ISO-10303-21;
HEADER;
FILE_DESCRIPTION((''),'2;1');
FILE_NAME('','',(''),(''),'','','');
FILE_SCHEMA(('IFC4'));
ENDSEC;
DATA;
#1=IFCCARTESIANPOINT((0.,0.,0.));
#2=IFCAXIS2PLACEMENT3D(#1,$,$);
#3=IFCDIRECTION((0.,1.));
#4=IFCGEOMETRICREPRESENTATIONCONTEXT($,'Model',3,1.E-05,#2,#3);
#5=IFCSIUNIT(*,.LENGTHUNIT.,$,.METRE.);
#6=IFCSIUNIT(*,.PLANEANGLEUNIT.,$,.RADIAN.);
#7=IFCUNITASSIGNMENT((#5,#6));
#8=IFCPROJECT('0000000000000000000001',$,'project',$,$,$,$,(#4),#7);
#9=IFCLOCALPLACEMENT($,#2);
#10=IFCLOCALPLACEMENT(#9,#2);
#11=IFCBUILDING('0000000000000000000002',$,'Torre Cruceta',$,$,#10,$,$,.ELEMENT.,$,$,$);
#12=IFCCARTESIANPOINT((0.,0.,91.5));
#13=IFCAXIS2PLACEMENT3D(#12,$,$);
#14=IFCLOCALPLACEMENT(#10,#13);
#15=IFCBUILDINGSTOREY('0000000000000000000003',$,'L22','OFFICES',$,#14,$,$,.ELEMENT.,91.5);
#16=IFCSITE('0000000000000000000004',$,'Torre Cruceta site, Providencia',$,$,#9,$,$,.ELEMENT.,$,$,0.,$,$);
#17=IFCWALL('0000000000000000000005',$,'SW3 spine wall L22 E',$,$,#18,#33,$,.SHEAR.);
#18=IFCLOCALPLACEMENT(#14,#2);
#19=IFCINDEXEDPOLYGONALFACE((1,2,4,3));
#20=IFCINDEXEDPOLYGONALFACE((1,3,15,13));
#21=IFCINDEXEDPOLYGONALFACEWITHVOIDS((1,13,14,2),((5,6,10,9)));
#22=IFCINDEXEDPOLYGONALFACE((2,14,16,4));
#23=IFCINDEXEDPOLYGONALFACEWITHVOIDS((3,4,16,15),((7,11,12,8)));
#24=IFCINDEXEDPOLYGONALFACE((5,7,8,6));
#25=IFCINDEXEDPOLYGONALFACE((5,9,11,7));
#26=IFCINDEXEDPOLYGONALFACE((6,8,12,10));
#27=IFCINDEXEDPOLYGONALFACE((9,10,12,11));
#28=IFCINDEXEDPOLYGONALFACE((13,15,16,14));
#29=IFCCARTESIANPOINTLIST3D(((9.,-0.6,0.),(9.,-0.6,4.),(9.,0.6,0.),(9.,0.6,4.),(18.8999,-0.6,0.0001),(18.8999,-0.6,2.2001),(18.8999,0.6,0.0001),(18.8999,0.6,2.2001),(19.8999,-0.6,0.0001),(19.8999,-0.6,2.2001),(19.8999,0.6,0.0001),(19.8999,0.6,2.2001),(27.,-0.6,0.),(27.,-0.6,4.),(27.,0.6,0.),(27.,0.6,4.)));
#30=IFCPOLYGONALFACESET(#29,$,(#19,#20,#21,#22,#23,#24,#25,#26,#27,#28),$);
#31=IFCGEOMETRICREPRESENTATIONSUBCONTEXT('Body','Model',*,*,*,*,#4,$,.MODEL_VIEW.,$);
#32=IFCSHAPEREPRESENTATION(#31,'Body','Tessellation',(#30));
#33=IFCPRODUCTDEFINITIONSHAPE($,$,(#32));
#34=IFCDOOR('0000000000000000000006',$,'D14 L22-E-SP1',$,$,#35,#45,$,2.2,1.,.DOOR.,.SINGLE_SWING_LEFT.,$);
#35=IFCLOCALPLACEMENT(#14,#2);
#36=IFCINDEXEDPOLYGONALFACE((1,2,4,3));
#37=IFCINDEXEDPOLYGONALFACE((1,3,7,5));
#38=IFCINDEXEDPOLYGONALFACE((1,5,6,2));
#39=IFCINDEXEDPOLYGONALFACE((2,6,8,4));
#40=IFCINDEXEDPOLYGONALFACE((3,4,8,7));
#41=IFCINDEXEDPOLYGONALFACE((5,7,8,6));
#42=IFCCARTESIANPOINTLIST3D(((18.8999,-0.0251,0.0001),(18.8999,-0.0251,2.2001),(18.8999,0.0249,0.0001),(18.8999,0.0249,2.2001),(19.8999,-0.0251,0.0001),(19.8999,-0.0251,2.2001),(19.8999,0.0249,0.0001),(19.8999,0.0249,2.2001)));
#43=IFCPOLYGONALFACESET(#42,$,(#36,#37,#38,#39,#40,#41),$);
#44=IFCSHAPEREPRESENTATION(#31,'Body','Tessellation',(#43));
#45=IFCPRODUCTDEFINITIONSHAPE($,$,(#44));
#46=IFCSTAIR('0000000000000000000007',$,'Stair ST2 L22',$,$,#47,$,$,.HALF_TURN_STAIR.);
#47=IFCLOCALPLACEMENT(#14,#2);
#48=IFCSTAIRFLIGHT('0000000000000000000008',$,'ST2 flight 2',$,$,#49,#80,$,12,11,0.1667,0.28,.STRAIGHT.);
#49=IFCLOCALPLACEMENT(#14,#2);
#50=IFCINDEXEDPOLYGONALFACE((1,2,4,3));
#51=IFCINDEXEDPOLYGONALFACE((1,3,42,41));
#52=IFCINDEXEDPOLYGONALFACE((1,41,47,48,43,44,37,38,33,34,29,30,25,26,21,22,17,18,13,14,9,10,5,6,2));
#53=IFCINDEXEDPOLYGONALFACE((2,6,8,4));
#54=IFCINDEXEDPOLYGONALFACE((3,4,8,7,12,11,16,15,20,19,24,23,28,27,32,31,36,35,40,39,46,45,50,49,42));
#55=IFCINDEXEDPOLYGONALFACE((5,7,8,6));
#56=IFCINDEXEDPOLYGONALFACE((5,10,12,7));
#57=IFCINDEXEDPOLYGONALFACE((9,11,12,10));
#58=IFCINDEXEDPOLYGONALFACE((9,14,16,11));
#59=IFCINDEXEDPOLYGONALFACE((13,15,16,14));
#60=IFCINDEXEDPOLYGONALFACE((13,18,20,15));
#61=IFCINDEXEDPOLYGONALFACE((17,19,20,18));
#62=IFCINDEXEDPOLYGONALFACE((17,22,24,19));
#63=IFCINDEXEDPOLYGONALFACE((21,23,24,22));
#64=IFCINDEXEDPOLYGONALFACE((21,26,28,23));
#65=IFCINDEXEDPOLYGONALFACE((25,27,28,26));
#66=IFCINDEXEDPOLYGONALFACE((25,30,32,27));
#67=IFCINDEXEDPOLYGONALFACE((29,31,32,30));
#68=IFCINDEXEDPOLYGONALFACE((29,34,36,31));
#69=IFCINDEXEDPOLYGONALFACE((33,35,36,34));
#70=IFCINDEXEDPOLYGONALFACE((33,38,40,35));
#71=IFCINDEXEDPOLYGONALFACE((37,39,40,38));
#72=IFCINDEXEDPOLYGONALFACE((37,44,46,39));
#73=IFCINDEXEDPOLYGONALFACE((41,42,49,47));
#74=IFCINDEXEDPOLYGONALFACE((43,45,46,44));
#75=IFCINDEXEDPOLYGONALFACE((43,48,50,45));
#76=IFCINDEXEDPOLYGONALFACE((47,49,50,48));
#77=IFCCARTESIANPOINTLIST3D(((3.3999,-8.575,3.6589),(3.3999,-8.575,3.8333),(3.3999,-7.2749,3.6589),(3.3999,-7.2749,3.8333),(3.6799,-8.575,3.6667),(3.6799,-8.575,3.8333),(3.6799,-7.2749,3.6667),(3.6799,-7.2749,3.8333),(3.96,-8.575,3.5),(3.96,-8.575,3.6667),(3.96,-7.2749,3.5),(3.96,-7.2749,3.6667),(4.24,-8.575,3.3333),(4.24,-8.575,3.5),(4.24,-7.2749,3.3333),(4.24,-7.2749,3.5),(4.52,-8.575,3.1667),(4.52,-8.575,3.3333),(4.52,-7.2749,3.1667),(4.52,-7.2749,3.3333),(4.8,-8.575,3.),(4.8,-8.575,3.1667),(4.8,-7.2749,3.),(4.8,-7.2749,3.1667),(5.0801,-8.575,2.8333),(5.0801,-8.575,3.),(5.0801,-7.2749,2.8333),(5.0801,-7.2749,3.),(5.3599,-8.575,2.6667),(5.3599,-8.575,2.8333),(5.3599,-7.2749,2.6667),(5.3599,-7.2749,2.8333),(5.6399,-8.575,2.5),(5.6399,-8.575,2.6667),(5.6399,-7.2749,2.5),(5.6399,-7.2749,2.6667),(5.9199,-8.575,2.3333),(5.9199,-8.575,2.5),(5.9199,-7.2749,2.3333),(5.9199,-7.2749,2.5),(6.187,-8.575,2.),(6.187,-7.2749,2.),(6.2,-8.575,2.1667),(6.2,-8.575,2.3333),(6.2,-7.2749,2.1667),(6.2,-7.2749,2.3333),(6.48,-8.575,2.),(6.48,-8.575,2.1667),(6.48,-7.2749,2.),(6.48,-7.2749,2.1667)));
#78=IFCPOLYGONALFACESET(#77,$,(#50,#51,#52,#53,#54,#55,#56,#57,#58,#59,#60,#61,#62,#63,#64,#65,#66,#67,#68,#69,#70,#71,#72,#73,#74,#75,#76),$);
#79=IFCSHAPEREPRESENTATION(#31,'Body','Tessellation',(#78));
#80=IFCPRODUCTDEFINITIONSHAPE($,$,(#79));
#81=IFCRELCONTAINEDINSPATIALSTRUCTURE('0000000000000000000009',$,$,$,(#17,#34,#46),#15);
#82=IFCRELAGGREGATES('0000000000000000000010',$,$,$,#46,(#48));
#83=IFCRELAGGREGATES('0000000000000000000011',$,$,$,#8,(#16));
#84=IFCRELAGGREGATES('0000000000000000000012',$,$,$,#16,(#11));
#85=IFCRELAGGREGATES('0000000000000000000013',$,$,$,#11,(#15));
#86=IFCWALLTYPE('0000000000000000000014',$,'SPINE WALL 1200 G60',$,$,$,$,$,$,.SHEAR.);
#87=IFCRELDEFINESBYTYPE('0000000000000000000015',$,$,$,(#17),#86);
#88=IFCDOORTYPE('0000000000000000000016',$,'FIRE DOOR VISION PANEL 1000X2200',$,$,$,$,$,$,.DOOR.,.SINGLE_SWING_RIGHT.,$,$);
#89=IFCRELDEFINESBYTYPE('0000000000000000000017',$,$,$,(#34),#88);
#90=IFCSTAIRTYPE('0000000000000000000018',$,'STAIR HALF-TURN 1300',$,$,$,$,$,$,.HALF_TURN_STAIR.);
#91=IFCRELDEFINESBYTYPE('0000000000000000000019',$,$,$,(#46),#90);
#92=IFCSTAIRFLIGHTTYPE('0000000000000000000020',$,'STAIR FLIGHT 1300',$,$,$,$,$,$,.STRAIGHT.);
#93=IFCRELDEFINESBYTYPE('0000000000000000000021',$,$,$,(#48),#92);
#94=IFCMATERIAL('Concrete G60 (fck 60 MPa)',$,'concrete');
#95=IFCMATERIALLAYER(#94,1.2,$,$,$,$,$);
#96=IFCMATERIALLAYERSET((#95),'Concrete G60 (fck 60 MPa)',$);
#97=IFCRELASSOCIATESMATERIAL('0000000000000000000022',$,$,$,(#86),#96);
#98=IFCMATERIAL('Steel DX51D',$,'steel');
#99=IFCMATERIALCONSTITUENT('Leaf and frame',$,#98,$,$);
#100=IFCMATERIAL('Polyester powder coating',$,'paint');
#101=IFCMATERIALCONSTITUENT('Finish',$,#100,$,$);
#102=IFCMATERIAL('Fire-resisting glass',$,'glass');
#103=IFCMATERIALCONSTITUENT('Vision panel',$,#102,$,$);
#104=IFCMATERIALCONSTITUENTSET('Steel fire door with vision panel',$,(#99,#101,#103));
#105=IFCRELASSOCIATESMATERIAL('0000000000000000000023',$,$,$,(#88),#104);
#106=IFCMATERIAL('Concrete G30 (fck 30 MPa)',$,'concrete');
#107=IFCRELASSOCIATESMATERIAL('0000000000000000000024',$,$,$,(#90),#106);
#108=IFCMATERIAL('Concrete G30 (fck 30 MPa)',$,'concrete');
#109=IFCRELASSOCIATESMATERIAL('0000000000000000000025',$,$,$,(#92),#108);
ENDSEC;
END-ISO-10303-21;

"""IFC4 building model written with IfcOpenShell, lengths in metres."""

from ifc_helpers import new_model, si_unit, direction, frame, frame_2d, origin, place, context, subcontext, project, spatial, polyline, rectangle, outline, extrude, material, layer, layer_set, constituent, constituent_set, type_object, element, fill, aggregate, save


model = new_model("IFC4")

# Units and contexts
model_context = context("Model", 3, precision=1e-05, world=origin(), true_north=direction((0.0, 1.0)))
body_context = subcontext(model_context, "Body", "Model", "MODEL_VIEW")
ifc_project = project(units=[si_unit("LENGTHUNIT", "METRE"), si_unit("PLANEANGLEUNIT", "RADIAN")], contexts=[model_context])

# Site, building, storey
site_placement = place(None, origin())
site = spatial("IfcSite", under=ifc_project, at=site_placement, Name="Torre Cruceta site, Providencia", CompositionType="ELEMENT", RefElevation=0.0)
building_placement = place(site_placement, origin())
building = spatial("IfcBuilding", under=site, at=building_placement, Name="Torre Cruceta", CompositionType="ELEMENT")
storey_placement = place(building_placement, frame((0.0, 0.0, 91.5)))
storey = spatial("IfcBuildingStorey", under=building, at=storey_placement, Name="L22", Description="OFFICES", CompositionType="ELEMENT", Elevation=91.5)

# Wall, opening, door
ifc_material_1 = material(Name="Concrete G60 (fck 60 MPa)", Category="concrete")
ifc_layer_1 = layer(ifc_material_1, 1.2)
ifc_layer_set_1 = layer_set([ifc_layer_1], Name="Concrete G60 (fck 60 MPa)")
wall_type_1 = type_object("IfcWallType", Name="SPINE WALL 1200 G60", PredefinedType="SHEAR", material=ifc_layer_set_1)
wall_1_placement = place(storey_placement, frame((9.0, 0.0, 0.0), z_axis=(0.0, 0.0, 1.0), x_axis=(1.0, 0.0, 0.0)))
wall_1 = element("IfcWall", 1, at=wall_1_placement, inside=storey, type_object=wall_type_1, Name="SW3 spine wall L22 E", PredefinedType="SHEAR", context=body_context, shape_type="SweptSolid", body=[
    extrude(rectangle(XDim=18.0, YDim=1.2, at=frame_2d((9.0, 0.0))), origin(), (0.0, 0.0, 1.0), 4.0),
])
opening_1_placement = place(wall_1_placement, frame((9.8999, 0.0, 0.0)))
opening_1 = element("IfcOpeningElement", 2, at=opening_1_placement, cuts=wall_1, PredefinedType="OPENING", context=body_context, shape_type="SweptSolid", body=[
    extrude(rectangle(XDim=1.0, YDim=2.2, at=frame_2d((0.5, 1.1001))), frame((0.0, 0.6099, 0.0), z_axis=(0.0, -1.0, 0.0), x_axis=(1.0, 0.0, 0.0)), (0.0, 0.0, 1.0), 1.22),
])
ifc_material_2 = material(Name="Steel DX51D", Category="steel")
ifc_constituent_1 = constituent(ifc_material_2, Name="Leaf and frame")
ifc_material_3 = material(Name="Polyester powder coating", Category="paint")
ifc_constituent_2 = constituent(ifc_material_3, Name="Finish")
ifc_material_4 = material(Name="Fire-resisting glass", Category="glass")
ifc_constituent_3 = constituent(ifc_material_4, Name="Vision panel")
ifc_constituent_set_1 = constituent_set(constituents=[ifc_constituent_1, ifc_constituent_2, ifc_constituent_3], Name="Steel fire door with vision panel")
door_type_1 = type_object("IfcDoorType", Name="FIRE DOOR VISION PANEL 1000X2200", OperationType="SINGLE_SWING_RIGHT", PredefinedType="DOOR", material=ifc_constituent_set_1)
door_1_placement = place(opening_1_placement, frame((1.0, 0.0, 0.0), z_axis=(0.0, 0.0, 1.0), x_axis=(-1.0, 0.0, 0.0)))
door_1 = element("IfcDoor", 3, at=door_1_placement, inside=storey, type_object=door_type_1, Name="D14 L22-E-SP1", OperationType="SINGLE_SWING_LEFT", OverallHeight=2.2, OverallWidth=1.0, PredefinedType="DOOR", context=body_context, shape_type="SweptSolid", body=[
    extrude(rectangle(XDim=1.0, YDim=2.2, at=frame_2d((0.5, 1.1001))), frame((0.0, 0.0251, 0.0), z_axis=(0.0, -1.0, 0.0), x_axis=(1.0, 0.0, 0.0)), (0.0, 0.0, 1.0), 0.05),
])
fill(opening_1, door_1)

# Stair, stair flight
ifc_material_5 = material(Name="Concrete G30 (fck 30 MPa)", Category="concrete")
stair_type = type_object("IfcStairType", Name="STAIR HALF-TURN 1300", PredefinedType="HALF_TURN_STAIR", material=ifc_material_5)
stair_placement = place(storey_placement, origin())
stair = element("IfcStair", 4, at=stair_placement, inside=storey, type_object=stair_type, Name="Stair ST2 L22", PredefinedType="HALF_TURN_STAIR")
ifc_material_6 = material(Name="Concrete G30 (fck 30 MPa)", Category="concrete")
stair_flight_type = type_object("IfcStairFlightType", Name="STAIR FLIGHT 1300", PredefinedType="STRAIGHT", material=ifc_material_6)
stair_flight_placement = place(storey_placement, frame((6.48, -7.925, 2.0), z_axis=(0.0, 0.0, 1.0), x_axis=(-1.0, 0.0, 0.0)))
stair_flight = element("IfcStairFlight", 5, at=stair_flight_placement, type_object=stair_flight_type, Name="ST2 flight 2", NumberOfRisers=12, NumberOfTreads=11, PredefinedType="STRAIGHT", RiserHeight=0.1667, TreadLength=0.28, context=body_context, shape_type="SweptSolid", body=[
    extrude(outline(polyline([(0.0, 0.0), (0.0, 0.1667), (0.28, 0.1667), (0.28, 0.3333), (0.5601, 0.3333), (0.5601, 0.5), (0.8401, 0.5), (0.8401, 0.6667), (1.1201, 0.6667), (1.1201, 0.8333), (1.3999, 0.8333), (1.3999, 1.0), (1.6799, 1.0), (1.6799, 1.1667), (1.96, 1.1667), (1.96, 1.3333), (2.24, 1.3333), (2.24, 1.5), (2.52, 1.5), (2.52, 1.6667), (2.8, 1.6667), (2.8, 1.8333), (3.0801, 1.8333), (3.0801, 2.0), (3.0801, 1.6589), (0.293, 0.0), (0.0, 0.0)])), frame((0.0, 0.6499, 0.0), z_axis=(0.0, -1.0, 0.0), x_axis=(1.0, 0.0, 0.0)), (0.0, 0.0, 1.0), 1.3),
])
aggregate(stair, [stair_flight])

save(model, "model.ifc")
